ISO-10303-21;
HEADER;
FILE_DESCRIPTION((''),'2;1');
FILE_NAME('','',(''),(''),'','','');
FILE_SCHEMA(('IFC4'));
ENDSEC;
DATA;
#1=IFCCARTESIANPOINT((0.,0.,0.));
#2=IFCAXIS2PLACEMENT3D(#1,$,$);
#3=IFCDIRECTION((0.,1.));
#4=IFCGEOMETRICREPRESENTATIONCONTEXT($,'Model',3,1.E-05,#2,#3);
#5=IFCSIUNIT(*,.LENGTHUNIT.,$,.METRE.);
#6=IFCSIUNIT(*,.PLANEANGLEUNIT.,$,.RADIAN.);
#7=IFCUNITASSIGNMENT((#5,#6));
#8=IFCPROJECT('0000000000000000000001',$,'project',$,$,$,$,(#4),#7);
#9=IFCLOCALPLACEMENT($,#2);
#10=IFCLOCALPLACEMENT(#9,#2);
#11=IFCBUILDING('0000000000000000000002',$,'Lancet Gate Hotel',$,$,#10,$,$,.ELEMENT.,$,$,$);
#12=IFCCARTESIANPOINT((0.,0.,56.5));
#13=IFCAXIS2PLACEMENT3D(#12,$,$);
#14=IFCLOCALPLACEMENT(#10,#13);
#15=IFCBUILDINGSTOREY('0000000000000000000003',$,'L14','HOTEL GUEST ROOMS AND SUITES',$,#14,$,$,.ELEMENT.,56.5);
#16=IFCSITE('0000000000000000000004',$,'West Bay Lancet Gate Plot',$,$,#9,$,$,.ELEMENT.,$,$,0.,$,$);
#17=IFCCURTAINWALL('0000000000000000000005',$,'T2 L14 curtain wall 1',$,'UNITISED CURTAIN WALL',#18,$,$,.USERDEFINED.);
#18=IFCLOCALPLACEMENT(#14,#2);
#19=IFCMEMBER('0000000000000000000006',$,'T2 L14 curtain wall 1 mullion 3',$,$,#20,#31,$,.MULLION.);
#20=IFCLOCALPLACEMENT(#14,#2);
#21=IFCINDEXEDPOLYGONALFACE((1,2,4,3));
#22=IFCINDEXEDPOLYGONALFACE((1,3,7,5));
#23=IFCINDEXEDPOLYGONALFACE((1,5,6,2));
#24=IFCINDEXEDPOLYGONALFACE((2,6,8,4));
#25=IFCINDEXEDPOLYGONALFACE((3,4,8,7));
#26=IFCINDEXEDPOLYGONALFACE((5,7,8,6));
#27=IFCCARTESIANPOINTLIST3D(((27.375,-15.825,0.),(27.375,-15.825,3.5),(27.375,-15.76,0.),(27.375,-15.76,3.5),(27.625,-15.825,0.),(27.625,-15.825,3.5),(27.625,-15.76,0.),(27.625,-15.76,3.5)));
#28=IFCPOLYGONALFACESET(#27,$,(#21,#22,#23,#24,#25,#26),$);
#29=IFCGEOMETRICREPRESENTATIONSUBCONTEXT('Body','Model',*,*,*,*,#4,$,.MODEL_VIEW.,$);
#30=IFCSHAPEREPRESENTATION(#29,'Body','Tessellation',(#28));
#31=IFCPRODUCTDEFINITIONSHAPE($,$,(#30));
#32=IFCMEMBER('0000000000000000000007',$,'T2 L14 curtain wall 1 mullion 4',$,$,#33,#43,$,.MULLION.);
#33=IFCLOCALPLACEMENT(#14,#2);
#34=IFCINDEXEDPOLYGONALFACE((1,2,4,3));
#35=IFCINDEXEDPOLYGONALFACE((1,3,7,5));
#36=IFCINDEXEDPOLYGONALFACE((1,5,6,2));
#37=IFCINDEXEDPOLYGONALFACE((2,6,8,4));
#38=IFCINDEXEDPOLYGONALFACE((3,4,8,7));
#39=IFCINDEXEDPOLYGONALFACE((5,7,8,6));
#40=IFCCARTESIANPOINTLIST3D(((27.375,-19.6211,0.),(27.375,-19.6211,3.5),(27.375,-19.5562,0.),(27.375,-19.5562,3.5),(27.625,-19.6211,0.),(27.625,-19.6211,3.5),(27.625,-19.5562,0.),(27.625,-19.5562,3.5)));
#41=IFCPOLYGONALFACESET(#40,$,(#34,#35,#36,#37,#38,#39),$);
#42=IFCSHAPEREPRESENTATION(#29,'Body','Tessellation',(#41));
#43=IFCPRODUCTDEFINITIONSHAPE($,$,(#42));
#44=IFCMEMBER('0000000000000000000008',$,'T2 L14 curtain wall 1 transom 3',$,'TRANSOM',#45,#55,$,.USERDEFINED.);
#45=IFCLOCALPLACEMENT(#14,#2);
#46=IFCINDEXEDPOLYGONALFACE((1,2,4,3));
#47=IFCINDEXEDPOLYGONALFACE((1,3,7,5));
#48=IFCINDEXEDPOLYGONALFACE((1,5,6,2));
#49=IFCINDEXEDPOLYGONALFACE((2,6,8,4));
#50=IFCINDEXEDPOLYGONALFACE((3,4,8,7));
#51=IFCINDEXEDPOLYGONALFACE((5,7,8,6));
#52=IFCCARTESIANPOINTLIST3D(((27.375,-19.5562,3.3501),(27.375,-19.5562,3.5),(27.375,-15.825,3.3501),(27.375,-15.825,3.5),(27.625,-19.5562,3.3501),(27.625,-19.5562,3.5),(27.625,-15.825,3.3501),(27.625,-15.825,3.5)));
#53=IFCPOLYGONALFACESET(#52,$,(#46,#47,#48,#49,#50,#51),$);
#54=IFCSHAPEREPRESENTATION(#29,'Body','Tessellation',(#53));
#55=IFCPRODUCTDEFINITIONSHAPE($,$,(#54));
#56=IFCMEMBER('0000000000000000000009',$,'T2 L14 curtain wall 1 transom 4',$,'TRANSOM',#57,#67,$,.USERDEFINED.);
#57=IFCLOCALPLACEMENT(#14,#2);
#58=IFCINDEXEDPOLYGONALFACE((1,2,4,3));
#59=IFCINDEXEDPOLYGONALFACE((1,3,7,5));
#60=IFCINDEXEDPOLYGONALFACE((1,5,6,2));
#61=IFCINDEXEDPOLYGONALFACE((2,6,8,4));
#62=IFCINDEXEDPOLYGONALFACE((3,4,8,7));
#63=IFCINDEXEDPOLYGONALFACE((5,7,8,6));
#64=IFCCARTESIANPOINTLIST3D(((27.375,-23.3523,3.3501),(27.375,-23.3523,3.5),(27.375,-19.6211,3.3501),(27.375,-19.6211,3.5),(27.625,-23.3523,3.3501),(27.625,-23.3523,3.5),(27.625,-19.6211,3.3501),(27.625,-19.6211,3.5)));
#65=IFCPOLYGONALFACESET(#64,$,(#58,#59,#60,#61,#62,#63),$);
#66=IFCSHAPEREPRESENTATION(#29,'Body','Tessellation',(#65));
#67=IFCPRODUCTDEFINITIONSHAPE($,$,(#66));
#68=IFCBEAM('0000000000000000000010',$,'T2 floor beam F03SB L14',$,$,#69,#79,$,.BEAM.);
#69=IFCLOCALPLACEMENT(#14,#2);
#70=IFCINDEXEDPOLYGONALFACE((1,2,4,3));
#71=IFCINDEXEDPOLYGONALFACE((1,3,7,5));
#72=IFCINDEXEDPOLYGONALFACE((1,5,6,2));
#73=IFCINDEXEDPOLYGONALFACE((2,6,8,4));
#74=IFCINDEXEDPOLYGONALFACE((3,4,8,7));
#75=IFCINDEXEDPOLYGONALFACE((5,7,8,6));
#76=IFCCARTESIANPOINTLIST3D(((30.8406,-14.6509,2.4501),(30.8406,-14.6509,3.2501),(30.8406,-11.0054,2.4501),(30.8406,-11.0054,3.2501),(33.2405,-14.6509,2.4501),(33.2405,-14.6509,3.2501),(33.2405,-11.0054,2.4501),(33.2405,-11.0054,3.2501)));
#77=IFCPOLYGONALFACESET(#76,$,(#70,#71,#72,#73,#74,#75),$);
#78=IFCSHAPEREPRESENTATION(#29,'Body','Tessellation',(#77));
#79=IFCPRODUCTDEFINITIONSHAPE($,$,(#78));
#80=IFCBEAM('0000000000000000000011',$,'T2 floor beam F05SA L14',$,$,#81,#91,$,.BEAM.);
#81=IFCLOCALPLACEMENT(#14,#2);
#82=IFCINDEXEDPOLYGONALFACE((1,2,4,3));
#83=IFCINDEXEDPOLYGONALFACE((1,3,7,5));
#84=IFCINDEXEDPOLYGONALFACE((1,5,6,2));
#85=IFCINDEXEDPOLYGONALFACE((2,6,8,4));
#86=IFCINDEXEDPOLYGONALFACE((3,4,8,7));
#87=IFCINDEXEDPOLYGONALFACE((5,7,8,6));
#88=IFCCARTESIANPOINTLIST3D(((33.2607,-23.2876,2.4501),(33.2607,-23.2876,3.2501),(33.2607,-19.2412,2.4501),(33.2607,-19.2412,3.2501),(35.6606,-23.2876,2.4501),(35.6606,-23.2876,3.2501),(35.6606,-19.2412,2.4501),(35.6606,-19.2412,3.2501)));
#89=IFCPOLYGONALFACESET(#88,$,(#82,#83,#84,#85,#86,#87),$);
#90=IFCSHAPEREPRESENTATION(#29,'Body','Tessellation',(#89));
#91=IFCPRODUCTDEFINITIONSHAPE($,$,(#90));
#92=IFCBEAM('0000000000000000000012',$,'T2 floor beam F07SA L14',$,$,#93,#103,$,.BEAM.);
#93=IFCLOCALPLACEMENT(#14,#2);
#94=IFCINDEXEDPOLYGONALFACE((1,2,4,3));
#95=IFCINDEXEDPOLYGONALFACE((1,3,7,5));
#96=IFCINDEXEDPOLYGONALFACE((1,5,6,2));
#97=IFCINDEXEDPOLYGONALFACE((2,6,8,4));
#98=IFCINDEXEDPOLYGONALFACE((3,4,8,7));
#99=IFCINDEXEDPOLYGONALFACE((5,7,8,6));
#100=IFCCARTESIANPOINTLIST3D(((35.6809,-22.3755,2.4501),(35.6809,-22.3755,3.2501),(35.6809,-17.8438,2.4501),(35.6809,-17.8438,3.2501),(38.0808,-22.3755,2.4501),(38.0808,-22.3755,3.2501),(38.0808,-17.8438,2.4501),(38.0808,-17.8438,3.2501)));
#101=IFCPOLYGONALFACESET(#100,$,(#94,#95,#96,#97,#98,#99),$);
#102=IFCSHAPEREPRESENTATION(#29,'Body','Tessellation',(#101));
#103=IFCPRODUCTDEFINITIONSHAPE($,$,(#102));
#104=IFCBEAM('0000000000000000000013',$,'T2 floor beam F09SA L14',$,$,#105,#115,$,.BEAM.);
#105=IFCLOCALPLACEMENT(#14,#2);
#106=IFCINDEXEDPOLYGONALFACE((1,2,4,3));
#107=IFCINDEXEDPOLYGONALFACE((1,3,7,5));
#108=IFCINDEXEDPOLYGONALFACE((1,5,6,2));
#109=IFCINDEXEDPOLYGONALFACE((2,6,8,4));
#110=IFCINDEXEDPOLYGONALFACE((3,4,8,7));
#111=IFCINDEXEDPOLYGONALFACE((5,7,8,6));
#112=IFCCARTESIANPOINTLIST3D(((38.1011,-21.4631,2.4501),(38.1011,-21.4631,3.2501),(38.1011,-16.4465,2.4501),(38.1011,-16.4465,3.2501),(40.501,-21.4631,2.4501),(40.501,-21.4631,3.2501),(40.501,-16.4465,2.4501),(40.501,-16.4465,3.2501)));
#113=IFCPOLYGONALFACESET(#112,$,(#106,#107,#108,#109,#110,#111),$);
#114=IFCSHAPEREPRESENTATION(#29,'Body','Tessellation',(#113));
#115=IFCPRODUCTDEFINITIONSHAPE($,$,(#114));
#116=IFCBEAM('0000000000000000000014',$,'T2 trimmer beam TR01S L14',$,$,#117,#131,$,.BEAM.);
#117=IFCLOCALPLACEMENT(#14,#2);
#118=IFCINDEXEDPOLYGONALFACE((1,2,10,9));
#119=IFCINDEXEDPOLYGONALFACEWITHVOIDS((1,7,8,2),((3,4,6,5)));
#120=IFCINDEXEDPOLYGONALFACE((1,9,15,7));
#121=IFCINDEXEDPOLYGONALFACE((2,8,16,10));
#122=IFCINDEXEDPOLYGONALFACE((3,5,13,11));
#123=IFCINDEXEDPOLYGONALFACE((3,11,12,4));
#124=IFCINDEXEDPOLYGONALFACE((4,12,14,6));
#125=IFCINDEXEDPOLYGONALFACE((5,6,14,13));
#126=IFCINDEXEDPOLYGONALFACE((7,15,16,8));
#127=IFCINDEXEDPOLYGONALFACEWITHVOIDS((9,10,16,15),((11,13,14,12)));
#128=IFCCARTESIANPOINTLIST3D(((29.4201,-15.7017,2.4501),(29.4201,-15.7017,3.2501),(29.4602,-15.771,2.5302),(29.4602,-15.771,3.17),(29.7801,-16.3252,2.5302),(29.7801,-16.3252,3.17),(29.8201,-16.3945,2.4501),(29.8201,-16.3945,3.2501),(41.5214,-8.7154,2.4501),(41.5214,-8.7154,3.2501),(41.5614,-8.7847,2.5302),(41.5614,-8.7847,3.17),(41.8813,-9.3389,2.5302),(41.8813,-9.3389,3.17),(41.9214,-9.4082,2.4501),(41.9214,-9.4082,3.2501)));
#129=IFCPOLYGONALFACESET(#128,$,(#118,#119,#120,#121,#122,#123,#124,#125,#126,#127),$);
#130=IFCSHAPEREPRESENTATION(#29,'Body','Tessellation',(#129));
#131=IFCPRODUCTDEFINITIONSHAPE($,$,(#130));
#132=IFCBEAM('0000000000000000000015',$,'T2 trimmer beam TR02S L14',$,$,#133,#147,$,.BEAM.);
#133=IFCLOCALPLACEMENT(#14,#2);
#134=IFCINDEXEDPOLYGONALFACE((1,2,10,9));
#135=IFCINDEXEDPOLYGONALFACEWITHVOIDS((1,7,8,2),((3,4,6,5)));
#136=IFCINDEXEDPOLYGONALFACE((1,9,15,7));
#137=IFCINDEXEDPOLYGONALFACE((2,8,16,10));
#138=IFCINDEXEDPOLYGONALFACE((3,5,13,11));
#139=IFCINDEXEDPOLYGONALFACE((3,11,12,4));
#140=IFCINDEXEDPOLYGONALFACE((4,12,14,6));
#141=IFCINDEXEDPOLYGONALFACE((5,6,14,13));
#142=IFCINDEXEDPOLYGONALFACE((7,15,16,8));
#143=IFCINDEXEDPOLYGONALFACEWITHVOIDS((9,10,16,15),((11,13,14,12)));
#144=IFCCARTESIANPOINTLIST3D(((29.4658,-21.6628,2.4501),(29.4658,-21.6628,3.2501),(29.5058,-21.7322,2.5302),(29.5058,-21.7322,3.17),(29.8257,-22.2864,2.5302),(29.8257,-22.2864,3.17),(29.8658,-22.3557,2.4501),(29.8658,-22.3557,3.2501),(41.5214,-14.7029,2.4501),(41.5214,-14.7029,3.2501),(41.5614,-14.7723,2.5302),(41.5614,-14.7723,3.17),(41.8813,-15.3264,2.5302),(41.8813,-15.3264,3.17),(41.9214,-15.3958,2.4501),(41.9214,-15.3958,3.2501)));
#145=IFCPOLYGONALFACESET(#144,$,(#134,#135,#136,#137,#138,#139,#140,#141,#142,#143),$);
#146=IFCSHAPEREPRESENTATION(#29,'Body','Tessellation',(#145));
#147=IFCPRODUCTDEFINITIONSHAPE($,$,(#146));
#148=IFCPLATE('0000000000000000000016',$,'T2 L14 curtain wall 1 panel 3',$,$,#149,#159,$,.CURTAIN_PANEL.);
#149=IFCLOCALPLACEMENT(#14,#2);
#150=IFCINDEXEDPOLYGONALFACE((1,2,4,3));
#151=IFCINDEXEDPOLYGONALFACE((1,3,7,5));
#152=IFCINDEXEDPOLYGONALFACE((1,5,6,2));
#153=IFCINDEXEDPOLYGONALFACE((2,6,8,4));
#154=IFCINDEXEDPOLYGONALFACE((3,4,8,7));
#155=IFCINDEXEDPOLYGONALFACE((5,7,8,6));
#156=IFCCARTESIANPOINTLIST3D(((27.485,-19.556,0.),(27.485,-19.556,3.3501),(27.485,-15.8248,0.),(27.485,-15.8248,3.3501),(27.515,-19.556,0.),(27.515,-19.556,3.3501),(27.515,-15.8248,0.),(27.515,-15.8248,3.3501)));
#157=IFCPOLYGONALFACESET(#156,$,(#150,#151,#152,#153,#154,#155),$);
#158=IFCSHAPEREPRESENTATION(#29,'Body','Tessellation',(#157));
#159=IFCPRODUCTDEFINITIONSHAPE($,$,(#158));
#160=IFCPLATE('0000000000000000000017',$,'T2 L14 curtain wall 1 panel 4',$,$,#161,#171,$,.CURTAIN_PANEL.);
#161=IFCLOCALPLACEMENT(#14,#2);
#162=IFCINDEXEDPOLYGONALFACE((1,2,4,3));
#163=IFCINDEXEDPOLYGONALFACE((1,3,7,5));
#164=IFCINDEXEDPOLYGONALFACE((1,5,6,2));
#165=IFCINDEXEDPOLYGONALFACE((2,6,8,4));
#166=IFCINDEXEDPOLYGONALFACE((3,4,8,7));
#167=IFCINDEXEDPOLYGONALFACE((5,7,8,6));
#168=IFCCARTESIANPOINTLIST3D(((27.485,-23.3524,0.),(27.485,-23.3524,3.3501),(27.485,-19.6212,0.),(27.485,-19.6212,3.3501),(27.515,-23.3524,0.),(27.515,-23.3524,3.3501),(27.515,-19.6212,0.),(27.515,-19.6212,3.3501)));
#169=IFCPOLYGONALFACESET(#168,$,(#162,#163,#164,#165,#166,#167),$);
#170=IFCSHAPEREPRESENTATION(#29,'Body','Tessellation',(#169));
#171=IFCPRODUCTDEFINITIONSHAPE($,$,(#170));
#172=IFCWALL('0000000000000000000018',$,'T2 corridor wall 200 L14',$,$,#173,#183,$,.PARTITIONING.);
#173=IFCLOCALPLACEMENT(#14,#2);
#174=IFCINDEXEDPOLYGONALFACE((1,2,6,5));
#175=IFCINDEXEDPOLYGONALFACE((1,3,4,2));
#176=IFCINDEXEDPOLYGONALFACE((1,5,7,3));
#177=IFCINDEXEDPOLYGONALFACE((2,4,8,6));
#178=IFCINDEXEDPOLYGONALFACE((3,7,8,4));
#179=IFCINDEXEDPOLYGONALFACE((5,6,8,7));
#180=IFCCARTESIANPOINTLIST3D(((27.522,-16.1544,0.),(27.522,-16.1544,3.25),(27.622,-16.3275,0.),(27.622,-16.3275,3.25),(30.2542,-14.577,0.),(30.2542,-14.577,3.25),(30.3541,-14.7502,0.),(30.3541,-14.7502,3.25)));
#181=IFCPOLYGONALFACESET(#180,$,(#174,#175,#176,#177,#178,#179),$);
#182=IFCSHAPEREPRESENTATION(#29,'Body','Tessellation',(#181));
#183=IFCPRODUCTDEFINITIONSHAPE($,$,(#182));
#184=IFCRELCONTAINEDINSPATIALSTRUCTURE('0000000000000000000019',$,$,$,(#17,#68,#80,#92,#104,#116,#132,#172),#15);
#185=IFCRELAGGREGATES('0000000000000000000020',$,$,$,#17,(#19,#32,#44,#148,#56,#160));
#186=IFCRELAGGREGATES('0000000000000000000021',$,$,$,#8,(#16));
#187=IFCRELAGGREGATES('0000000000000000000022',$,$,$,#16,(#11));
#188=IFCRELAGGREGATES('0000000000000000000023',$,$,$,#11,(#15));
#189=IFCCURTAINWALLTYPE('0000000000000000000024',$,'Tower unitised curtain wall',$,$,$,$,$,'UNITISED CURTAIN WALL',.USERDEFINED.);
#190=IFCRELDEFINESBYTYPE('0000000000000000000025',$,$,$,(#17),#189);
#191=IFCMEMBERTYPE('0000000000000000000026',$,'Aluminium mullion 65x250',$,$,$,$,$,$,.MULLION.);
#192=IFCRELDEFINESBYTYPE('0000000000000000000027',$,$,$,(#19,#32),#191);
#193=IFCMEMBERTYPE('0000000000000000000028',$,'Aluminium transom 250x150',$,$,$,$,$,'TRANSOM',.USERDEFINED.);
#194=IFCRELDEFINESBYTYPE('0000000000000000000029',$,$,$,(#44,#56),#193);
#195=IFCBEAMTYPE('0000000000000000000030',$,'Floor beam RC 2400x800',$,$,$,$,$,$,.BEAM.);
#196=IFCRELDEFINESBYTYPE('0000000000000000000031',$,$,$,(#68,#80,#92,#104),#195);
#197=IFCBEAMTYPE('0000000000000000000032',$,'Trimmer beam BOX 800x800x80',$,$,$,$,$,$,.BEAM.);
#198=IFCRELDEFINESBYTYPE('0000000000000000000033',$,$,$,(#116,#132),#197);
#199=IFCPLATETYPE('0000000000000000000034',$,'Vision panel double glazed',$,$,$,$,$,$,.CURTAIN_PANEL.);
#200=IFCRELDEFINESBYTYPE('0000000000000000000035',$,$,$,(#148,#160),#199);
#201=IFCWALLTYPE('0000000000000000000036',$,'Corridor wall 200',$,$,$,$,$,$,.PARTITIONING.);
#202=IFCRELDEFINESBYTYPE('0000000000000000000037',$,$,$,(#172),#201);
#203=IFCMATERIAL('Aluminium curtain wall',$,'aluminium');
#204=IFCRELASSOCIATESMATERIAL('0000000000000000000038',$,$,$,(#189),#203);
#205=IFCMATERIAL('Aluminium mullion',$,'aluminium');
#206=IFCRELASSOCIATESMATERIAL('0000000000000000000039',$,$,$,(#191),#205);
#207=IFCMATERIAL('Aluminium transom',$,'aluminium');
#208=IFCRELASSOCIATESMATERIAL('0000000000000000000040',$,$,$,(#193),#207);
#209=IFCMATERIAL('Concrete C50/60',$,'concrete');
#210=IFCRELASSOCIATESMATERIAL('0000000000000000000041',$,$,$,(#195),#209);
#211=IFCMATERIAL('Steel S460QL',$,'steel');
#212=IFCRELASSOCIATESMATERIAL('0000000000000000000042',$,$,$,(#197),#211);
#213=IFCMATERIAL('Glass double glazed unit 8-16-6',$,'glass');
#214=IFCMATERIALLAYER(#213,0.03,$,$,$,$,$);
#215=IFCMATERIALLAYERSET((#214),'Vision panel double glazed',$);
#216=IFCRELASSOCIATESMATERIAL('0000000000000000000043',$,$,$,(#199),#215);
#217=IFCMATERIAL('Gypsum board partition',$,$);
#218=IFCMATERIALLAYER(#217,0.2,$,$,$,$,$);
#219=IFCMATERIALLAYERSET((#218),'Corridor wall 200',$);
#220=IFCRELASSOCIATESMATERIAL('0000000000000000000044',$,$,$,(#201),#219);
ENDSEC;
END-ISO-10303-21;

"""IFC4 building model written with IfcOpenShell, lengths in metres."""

from ifc_helpers import new_model, si_unit, direction, frame, frame_2d, origin, origin_2d, place, context, subcontext, project, spatial, rectangle, hollow_rectangle, extrude, material, layer, layer_set, material_profile, profile_set, type_object, element, aggregate, save


model = new_model("IFC4")

# Units and contexts
model_context = context("Model", 3, precision=1e-05, world=origin(), true_north=direction((0.0, 1.0)))
body_context = subcontext(model_context, "Body", "Model", "MODEL_VIEW")
ifc_project = project(units=[si_unit("LENGTHUNIT", "METRE"), si_unit("PLANEANGLEUNIT", "RADIAN")], contexts=[model_context])

# Site, building, storey
site_placement = place(None, origin())
site = spatial("IfcSite", under=ifc_project, at=site_placement, Name="West Bay Lancet Gate Plot", CompositionType="ELEMENT", RefElevation=0.0)
building_placement = place(site_placement, origin())
building = spatial("IfcBuilding", under=site, at=building_placement, Name="Lancet Gate Hotel", CompositionType="ELEMENT")
storey_placement = place(building_placement, frame((0.0, 0.0, 56.5)))
storey = spatial("IfcBuildingStorey", under=building, at=storey_placement, Name="L14", Description="HOTEL GUEST ROOMS AND SUITES", CompositionType="ELEMENT", Elevation=56.5)

# Curtain wall, members
ifc_material_1 = material(Name="Aluminium curtain wall", Category="aluminium")
curtain_wall_type = type_object("IfcCurtainWallType", Name="Tower unitised curtain wall", ElementType="UNITISED CURTAIN WALL", PredefinedType="USERDEFINED", material=ifc_material_1)
curtain_wall_placement = place(storey_placement, origin())
curtain_wall = element("IfcCurtainWall", 1, at=curtain_wall_placement, inside=storey, type_object=curtain_wall_type, Name="T2 L14 curtain wall 1", ObjectType="UNITISED CURTAIN WALL", PredefinedType="USERDEFINED")
ifc_material_2 = material(Name="Aluminium mullion", Category="aluminium")
ifc_material_profile_1 = material_profile(ifc_material_2, rectangle(XDim=0.0649, YDim=0.25, at=origin_2d()), Name="MULLION 65x250")
ifc_profile_set_1 = profile_set([ifc_material_profile_1], Name="Aluminium mullion")
member_type_1 = type_object("IfcMemberType", Name="Aluminium mullion 65x250", PredefinedType="MULLION", material=ifc_profile_set_1)
member_1_placement = place(storey_placement, frame((27.5, -15.7925, 0.0), z_axis=(0.0, 0.0, 1.0), x_axis=(0.0, -1.0, 0.0)))
member_1 = element("IfcMember", 2, at=member_1_placement, type_object=member_type_1, Name="T2 L14 curtain wall 1 mullion 3", PredefinedType="MULLION", context=body_context, shape_type="SweptSolid", body=[
    extrude(rectangle(XDim=0.0649, YDim=0.25, at=origin_2d()), origin(), (0.0, 0.0, 1.0), 3.5),
])
member_2_placement = place(storey_placement, frame((27.5, -19.5886, 0.0), z_axis=(0.0, 0.0, 1.0), x_axis=(0.0, -1.0, 0.0)))
member_2 = element("IfcMember", 3, at=member_2_placement, type_object=member_type_1, Name="T2 L14 curtain wall 1 mullion 4", PredefinedType="MULLION", context=body_context, shape_type="SweptSolid", body=[
    extrude(rectangle(XDim=0.0649, YDim=0.25, at=origin_2d()), origin(), (0.0, 0.0, 1.0), 3.5),
])
ifc_material_3 = material(Name="Aluminium transom", Category="aluminium")
ifc_material_profile_2 = material_profile(ifc_material_3, rectangle(XDim=0.25, YDim=0.1499, at=origin_2d()), Name="TRANSOM 250x150")
ifc_profile_set_2 = profile_set([ifc_material_profile_2], Name="Aluminium transom")
member_type_2 = type_object("IfcMemberType", Name="Aluminium transom 250x150", ElementType="TRANSOM", PredefinedType="USERDEFINED", material=ifc_profile_set_2)
member_3_placement = place(storey_placement, frame((27.5, -15.825, 3.425), z_axis=(0.0, -1.0, 0.0), x_axis=(1.0, 0.0, 0.0)))
member_3 = element("IfcMember", 4, at=member_3_placement, type_object=member_type_2, Name="T2 L14 curtain wall 1 transom 3", ObjectType="TRANSOM", PredefinedType="USERDEFINED", context=body_context, shape_type="SweptSolid", body=[
    extrude(rectangle(XDim=0.25, YDim=0.1499, at=origin_2d()), origin(), (0.0, 0.0, 1.0), 3.7312),
])
member_4_placement = place(storey_placement, frame((27.5, -19.6211, 3.425), z_axis=(0.0, -1.0, 0.0), x_axis=(1.0, 0.0, 0.0)))
member_4 = element("IfcMember", 5, at=member_4_placement, type_object=member_type_2, Name="T2 L14 curtain wall 1 transom 4", ObjectType="TRANSOM", PredefinedType="USERDEFINED", context=body_context, shape_type="SweptSolid", body=[
    extrude(rectangle(XDim=0.25, YDim=0.1499, at=origin_2d()), origin(), (0.0, 0.0, 1.0), 3.7312),
])

# Beams
ifc_material_4 = material(Name="Concrete C50/60", Category="concrete")
ifc_material_profile_3 = material_profile(ifc_material_4, rectangle(XDim=2.3999, YDim=0.8, at=origin_2d()), Name="RC 2400x800")
ifc_profile_set_3 = profile_set([ifc_material_profile_3], Name="Concrete C50/60")
beam_type_1 = type_object("IfcBeamType", Name="Floor beam RC 2400x800", PredefinedType="BEAM", material=ifc_profile_set_3)
beam_1_placement = place(storey_placement, frame((32.0405, -14.6509, 2.8501), z_axis=(0.0, 1.0, 0.0), x_axis=(-1.0, 0.0, 0.0)))
element("IfcBeam", 6, at=beam_1_placement, inside=storey, type_object=beam_type_1, Name="T2 floor beam F03SB L14", PredefinedType="BEAM", context=body_context, shape_type="SweptSolid", body=[
    extrude(rectangle(XDim=2.3999, YDim=0.8, at=origin_2d()), origin(), (0.0, 0.0, 1.0), 3.6455),
])
beam_2_placement = place(storey_placement, frame((34.4607, -23.2876, 2.8501), z_axis=(0.0, 1.0, 0.0), x_axis=(-1.0, 0.0, 0.0)))
element("IfcBeam", 7, at=beam_2_placement, inside=storey, type_object=beam_type_1, Name="T2 floor beam F05SA L14", PredefinedType="BEAM", context=body_context, shape_type="SweptSolid", body=[
    extrude(rectangle(XDim=2.3999, YDim=0.8, at=origin_2d()), origin(), (0.0, 0.0, 1.0), 4.0464),
])
beam_3_placement = place(storey_placement, frame((36.8809, -22.3755, 2.8501), z_axis=(0.0, 1.0, 0.0), x_axis=(-1.0, 0.0, 0.0)))
element("IfcBeam", 8, at=beam_3_placement, inside=storey, type_object=beam_type_1, Name="T2 floor beam F07SA L14", PredefinedType="BEAM", context=body_context, shape_type="SweptSolid", body=[
    extrude(rectangle(XDim=2.3999, YDim=0.8, at=origin_2d()), origin(), (0.0, 0.0, 1.0), 4.5317),
])
beam_4_placement = place(storey_placement, frame((39.301, -21.4631, 2.8501), z_axis=(0.0, 1.0, 0.0), x_axis=(-1.0, 0.0, 0.0)))
element("IfcBeam", 9, at=beam_4_placement, inside=storey, type_object=beam_type_1, Name="T2 floor beam F09SA L14", PredefinedType="BEAM", context=body_context, shape_type="SweptSolid", body=[
    extrude(rectangle(XDim=2.3999, YDim=0.8, at=origin_2d()), origin(), (0.0, 0.0, 1.0), 5.0166),
])
ifc_material_5 = material(Name="Steel S460QL", Category="steel")
ifc_material_profile_4 = material_profile(ifc_material_5, hollow_rectangle(XDim=0.8, YDim=0.8, WallThickness=0.0801, at=origin_2d()), Name="BOX 800x800x80")
ifc_profile_set_4 = profile_set([ifc_material_profile_4], Name="Steel S460QL")
beam_type_2 = type_object("IfcBeamType", Name="Trimmer beam BOX 800x800x80", PredefinedType="BEAM", material=ifc_profile_set_4)
beam_5_placement = place(storey_placement, frame((29.6201, -16.0481, 2.8501), z_axis=(0.866037, 0.49998, 0.0), x_axis=(-0.49998, 0.866037, 0.0)))
element("IfcBeam", 10, at=beam_5_placement, inside=storey, type_object=beam_type_2, Name="T2 trimmer beam TR01S L14", PredefinedType="BEAM", context=body_context, shape_type="SweptSolid", body=[
    extrude(hollow_rectangle(XDim=0.8, YDim=0.8, WallThickness=0.0801, at=origin_2d()), origin(), (0.0, 0.0, 1.0), 13.9731),
])
beam_6_placement = place(storey_placement, frame((29.6658, -22.0093, 2.8501), z_axis=(0.866037, 0.49998, 0.0), x_axis=(-0.49998, 0.866037, 0.0)))
element("IfcBeam", 11, at=beam_6_placement, inside=storey, type_object=beam_type_2, Name="T2 trimmer beam TR02S L14", PredefinedType="BEAM", context=body_context, shape_type="SweptSolid", body=[
    extrude(hollow_rectangle(XDim=0.8, YDim=0.8, WallThickness=0.0801, at=origin_2d()), origin(), (0.0, 0.0, 1.0), 13.9204),
])

# Plates
ifc_material_6 = material(Name="Glass double glazed unit 8-16-6", Category="glass")
ifc_layer_1 = layer(ifc_material_6, 0.03)
ifc_layer_set_1 = layer_set([ifc_layer_1], Name="Vision panel double glazed")
plate_type = type_object("IfcPlateType", Name="Vision panel double glazed", PredefinedType="CURTAIN_PANEL", material=ifc_layer_set_1)
plate_1_placement = place(storey_placement, frame((27.5, -17.6904, 0.0), z_axis=(0.0, 0.0, 1.0), x_axis=(0.0, -1.0, 0.0)))
plate_1 = element("IfcPlate", 12, at=plate_1_placement, type_object=plate_type, Name="T2 L14 curtain wall 1 panel 3", PredefinedType="CURTAIN_PANEL", context=body_context, shape_type="SweptSolid", body=[
    extrude(rectangle(XDim=3.7312, YDim=0.03, at=origin_2d()), origin(), (0.0, 0.0, 1.0), 3.3501),
])
plate_2_placement = place(storey_placement, frame((27.5, -21.4868, 0.0), z_axis=(0.0, 0.0, 1.0), x_axis=(0.0, -1.0, 0.0)))
plate_2 = element("IfcPlate", 13, at=plate_2_placement, type_object=plate_type, Name="T2 L14 curtain wall 1 panel 4", PredefinedType="CURTAIN_PANEL", context=body_context, shape_type="SweptSolid", body=[
    extrude(rectangle(XDim=3.7312, YDim=0.03, at=origin_2d()), origin(), (0.0, 0.0, 1.0), 3.3501),
])
aggregate(curtain_wall, [member_1, member_2, member_3, plate_1, member_4, plate_2])

# Wall
ifc_material_7 = material(Name="Gypsum board partition")
ifc_layer_2 = layer(ifc_material_7, 0.2)
ifc_layer_set_2 = layer_set([ifc_layer_2], Name="Corridor wall 200")
wall_type_1 = type_object("IfcWallType", Name="Corridor wall 200", PredefinedType="PARTITIONING", material=ifc_layer_set_2)
wall_1_placement = place(storey_placement, frame((27.572, -16.241, 0.0), z_axis=(0.0, 0.0, 1.0), x_axis=(0.86603, 0.499993, 0.0)))
element("IfcWall", 14, at=wall_1_placement, inside=storey, type_object=wall_type_1, Name="T2 corridor wall 200 L14", PredefinedType="PARTITIONING", context=body_context, shape_type="SweptSolid", body=[
    extrude(rectangle(XDim=3.1548, YDim=0.2, at=frame_2d((1.5774, 0.0))), origin(), (0.0, 0.0, 1.0), 3.25),
])

save(model, "model.ifc")
